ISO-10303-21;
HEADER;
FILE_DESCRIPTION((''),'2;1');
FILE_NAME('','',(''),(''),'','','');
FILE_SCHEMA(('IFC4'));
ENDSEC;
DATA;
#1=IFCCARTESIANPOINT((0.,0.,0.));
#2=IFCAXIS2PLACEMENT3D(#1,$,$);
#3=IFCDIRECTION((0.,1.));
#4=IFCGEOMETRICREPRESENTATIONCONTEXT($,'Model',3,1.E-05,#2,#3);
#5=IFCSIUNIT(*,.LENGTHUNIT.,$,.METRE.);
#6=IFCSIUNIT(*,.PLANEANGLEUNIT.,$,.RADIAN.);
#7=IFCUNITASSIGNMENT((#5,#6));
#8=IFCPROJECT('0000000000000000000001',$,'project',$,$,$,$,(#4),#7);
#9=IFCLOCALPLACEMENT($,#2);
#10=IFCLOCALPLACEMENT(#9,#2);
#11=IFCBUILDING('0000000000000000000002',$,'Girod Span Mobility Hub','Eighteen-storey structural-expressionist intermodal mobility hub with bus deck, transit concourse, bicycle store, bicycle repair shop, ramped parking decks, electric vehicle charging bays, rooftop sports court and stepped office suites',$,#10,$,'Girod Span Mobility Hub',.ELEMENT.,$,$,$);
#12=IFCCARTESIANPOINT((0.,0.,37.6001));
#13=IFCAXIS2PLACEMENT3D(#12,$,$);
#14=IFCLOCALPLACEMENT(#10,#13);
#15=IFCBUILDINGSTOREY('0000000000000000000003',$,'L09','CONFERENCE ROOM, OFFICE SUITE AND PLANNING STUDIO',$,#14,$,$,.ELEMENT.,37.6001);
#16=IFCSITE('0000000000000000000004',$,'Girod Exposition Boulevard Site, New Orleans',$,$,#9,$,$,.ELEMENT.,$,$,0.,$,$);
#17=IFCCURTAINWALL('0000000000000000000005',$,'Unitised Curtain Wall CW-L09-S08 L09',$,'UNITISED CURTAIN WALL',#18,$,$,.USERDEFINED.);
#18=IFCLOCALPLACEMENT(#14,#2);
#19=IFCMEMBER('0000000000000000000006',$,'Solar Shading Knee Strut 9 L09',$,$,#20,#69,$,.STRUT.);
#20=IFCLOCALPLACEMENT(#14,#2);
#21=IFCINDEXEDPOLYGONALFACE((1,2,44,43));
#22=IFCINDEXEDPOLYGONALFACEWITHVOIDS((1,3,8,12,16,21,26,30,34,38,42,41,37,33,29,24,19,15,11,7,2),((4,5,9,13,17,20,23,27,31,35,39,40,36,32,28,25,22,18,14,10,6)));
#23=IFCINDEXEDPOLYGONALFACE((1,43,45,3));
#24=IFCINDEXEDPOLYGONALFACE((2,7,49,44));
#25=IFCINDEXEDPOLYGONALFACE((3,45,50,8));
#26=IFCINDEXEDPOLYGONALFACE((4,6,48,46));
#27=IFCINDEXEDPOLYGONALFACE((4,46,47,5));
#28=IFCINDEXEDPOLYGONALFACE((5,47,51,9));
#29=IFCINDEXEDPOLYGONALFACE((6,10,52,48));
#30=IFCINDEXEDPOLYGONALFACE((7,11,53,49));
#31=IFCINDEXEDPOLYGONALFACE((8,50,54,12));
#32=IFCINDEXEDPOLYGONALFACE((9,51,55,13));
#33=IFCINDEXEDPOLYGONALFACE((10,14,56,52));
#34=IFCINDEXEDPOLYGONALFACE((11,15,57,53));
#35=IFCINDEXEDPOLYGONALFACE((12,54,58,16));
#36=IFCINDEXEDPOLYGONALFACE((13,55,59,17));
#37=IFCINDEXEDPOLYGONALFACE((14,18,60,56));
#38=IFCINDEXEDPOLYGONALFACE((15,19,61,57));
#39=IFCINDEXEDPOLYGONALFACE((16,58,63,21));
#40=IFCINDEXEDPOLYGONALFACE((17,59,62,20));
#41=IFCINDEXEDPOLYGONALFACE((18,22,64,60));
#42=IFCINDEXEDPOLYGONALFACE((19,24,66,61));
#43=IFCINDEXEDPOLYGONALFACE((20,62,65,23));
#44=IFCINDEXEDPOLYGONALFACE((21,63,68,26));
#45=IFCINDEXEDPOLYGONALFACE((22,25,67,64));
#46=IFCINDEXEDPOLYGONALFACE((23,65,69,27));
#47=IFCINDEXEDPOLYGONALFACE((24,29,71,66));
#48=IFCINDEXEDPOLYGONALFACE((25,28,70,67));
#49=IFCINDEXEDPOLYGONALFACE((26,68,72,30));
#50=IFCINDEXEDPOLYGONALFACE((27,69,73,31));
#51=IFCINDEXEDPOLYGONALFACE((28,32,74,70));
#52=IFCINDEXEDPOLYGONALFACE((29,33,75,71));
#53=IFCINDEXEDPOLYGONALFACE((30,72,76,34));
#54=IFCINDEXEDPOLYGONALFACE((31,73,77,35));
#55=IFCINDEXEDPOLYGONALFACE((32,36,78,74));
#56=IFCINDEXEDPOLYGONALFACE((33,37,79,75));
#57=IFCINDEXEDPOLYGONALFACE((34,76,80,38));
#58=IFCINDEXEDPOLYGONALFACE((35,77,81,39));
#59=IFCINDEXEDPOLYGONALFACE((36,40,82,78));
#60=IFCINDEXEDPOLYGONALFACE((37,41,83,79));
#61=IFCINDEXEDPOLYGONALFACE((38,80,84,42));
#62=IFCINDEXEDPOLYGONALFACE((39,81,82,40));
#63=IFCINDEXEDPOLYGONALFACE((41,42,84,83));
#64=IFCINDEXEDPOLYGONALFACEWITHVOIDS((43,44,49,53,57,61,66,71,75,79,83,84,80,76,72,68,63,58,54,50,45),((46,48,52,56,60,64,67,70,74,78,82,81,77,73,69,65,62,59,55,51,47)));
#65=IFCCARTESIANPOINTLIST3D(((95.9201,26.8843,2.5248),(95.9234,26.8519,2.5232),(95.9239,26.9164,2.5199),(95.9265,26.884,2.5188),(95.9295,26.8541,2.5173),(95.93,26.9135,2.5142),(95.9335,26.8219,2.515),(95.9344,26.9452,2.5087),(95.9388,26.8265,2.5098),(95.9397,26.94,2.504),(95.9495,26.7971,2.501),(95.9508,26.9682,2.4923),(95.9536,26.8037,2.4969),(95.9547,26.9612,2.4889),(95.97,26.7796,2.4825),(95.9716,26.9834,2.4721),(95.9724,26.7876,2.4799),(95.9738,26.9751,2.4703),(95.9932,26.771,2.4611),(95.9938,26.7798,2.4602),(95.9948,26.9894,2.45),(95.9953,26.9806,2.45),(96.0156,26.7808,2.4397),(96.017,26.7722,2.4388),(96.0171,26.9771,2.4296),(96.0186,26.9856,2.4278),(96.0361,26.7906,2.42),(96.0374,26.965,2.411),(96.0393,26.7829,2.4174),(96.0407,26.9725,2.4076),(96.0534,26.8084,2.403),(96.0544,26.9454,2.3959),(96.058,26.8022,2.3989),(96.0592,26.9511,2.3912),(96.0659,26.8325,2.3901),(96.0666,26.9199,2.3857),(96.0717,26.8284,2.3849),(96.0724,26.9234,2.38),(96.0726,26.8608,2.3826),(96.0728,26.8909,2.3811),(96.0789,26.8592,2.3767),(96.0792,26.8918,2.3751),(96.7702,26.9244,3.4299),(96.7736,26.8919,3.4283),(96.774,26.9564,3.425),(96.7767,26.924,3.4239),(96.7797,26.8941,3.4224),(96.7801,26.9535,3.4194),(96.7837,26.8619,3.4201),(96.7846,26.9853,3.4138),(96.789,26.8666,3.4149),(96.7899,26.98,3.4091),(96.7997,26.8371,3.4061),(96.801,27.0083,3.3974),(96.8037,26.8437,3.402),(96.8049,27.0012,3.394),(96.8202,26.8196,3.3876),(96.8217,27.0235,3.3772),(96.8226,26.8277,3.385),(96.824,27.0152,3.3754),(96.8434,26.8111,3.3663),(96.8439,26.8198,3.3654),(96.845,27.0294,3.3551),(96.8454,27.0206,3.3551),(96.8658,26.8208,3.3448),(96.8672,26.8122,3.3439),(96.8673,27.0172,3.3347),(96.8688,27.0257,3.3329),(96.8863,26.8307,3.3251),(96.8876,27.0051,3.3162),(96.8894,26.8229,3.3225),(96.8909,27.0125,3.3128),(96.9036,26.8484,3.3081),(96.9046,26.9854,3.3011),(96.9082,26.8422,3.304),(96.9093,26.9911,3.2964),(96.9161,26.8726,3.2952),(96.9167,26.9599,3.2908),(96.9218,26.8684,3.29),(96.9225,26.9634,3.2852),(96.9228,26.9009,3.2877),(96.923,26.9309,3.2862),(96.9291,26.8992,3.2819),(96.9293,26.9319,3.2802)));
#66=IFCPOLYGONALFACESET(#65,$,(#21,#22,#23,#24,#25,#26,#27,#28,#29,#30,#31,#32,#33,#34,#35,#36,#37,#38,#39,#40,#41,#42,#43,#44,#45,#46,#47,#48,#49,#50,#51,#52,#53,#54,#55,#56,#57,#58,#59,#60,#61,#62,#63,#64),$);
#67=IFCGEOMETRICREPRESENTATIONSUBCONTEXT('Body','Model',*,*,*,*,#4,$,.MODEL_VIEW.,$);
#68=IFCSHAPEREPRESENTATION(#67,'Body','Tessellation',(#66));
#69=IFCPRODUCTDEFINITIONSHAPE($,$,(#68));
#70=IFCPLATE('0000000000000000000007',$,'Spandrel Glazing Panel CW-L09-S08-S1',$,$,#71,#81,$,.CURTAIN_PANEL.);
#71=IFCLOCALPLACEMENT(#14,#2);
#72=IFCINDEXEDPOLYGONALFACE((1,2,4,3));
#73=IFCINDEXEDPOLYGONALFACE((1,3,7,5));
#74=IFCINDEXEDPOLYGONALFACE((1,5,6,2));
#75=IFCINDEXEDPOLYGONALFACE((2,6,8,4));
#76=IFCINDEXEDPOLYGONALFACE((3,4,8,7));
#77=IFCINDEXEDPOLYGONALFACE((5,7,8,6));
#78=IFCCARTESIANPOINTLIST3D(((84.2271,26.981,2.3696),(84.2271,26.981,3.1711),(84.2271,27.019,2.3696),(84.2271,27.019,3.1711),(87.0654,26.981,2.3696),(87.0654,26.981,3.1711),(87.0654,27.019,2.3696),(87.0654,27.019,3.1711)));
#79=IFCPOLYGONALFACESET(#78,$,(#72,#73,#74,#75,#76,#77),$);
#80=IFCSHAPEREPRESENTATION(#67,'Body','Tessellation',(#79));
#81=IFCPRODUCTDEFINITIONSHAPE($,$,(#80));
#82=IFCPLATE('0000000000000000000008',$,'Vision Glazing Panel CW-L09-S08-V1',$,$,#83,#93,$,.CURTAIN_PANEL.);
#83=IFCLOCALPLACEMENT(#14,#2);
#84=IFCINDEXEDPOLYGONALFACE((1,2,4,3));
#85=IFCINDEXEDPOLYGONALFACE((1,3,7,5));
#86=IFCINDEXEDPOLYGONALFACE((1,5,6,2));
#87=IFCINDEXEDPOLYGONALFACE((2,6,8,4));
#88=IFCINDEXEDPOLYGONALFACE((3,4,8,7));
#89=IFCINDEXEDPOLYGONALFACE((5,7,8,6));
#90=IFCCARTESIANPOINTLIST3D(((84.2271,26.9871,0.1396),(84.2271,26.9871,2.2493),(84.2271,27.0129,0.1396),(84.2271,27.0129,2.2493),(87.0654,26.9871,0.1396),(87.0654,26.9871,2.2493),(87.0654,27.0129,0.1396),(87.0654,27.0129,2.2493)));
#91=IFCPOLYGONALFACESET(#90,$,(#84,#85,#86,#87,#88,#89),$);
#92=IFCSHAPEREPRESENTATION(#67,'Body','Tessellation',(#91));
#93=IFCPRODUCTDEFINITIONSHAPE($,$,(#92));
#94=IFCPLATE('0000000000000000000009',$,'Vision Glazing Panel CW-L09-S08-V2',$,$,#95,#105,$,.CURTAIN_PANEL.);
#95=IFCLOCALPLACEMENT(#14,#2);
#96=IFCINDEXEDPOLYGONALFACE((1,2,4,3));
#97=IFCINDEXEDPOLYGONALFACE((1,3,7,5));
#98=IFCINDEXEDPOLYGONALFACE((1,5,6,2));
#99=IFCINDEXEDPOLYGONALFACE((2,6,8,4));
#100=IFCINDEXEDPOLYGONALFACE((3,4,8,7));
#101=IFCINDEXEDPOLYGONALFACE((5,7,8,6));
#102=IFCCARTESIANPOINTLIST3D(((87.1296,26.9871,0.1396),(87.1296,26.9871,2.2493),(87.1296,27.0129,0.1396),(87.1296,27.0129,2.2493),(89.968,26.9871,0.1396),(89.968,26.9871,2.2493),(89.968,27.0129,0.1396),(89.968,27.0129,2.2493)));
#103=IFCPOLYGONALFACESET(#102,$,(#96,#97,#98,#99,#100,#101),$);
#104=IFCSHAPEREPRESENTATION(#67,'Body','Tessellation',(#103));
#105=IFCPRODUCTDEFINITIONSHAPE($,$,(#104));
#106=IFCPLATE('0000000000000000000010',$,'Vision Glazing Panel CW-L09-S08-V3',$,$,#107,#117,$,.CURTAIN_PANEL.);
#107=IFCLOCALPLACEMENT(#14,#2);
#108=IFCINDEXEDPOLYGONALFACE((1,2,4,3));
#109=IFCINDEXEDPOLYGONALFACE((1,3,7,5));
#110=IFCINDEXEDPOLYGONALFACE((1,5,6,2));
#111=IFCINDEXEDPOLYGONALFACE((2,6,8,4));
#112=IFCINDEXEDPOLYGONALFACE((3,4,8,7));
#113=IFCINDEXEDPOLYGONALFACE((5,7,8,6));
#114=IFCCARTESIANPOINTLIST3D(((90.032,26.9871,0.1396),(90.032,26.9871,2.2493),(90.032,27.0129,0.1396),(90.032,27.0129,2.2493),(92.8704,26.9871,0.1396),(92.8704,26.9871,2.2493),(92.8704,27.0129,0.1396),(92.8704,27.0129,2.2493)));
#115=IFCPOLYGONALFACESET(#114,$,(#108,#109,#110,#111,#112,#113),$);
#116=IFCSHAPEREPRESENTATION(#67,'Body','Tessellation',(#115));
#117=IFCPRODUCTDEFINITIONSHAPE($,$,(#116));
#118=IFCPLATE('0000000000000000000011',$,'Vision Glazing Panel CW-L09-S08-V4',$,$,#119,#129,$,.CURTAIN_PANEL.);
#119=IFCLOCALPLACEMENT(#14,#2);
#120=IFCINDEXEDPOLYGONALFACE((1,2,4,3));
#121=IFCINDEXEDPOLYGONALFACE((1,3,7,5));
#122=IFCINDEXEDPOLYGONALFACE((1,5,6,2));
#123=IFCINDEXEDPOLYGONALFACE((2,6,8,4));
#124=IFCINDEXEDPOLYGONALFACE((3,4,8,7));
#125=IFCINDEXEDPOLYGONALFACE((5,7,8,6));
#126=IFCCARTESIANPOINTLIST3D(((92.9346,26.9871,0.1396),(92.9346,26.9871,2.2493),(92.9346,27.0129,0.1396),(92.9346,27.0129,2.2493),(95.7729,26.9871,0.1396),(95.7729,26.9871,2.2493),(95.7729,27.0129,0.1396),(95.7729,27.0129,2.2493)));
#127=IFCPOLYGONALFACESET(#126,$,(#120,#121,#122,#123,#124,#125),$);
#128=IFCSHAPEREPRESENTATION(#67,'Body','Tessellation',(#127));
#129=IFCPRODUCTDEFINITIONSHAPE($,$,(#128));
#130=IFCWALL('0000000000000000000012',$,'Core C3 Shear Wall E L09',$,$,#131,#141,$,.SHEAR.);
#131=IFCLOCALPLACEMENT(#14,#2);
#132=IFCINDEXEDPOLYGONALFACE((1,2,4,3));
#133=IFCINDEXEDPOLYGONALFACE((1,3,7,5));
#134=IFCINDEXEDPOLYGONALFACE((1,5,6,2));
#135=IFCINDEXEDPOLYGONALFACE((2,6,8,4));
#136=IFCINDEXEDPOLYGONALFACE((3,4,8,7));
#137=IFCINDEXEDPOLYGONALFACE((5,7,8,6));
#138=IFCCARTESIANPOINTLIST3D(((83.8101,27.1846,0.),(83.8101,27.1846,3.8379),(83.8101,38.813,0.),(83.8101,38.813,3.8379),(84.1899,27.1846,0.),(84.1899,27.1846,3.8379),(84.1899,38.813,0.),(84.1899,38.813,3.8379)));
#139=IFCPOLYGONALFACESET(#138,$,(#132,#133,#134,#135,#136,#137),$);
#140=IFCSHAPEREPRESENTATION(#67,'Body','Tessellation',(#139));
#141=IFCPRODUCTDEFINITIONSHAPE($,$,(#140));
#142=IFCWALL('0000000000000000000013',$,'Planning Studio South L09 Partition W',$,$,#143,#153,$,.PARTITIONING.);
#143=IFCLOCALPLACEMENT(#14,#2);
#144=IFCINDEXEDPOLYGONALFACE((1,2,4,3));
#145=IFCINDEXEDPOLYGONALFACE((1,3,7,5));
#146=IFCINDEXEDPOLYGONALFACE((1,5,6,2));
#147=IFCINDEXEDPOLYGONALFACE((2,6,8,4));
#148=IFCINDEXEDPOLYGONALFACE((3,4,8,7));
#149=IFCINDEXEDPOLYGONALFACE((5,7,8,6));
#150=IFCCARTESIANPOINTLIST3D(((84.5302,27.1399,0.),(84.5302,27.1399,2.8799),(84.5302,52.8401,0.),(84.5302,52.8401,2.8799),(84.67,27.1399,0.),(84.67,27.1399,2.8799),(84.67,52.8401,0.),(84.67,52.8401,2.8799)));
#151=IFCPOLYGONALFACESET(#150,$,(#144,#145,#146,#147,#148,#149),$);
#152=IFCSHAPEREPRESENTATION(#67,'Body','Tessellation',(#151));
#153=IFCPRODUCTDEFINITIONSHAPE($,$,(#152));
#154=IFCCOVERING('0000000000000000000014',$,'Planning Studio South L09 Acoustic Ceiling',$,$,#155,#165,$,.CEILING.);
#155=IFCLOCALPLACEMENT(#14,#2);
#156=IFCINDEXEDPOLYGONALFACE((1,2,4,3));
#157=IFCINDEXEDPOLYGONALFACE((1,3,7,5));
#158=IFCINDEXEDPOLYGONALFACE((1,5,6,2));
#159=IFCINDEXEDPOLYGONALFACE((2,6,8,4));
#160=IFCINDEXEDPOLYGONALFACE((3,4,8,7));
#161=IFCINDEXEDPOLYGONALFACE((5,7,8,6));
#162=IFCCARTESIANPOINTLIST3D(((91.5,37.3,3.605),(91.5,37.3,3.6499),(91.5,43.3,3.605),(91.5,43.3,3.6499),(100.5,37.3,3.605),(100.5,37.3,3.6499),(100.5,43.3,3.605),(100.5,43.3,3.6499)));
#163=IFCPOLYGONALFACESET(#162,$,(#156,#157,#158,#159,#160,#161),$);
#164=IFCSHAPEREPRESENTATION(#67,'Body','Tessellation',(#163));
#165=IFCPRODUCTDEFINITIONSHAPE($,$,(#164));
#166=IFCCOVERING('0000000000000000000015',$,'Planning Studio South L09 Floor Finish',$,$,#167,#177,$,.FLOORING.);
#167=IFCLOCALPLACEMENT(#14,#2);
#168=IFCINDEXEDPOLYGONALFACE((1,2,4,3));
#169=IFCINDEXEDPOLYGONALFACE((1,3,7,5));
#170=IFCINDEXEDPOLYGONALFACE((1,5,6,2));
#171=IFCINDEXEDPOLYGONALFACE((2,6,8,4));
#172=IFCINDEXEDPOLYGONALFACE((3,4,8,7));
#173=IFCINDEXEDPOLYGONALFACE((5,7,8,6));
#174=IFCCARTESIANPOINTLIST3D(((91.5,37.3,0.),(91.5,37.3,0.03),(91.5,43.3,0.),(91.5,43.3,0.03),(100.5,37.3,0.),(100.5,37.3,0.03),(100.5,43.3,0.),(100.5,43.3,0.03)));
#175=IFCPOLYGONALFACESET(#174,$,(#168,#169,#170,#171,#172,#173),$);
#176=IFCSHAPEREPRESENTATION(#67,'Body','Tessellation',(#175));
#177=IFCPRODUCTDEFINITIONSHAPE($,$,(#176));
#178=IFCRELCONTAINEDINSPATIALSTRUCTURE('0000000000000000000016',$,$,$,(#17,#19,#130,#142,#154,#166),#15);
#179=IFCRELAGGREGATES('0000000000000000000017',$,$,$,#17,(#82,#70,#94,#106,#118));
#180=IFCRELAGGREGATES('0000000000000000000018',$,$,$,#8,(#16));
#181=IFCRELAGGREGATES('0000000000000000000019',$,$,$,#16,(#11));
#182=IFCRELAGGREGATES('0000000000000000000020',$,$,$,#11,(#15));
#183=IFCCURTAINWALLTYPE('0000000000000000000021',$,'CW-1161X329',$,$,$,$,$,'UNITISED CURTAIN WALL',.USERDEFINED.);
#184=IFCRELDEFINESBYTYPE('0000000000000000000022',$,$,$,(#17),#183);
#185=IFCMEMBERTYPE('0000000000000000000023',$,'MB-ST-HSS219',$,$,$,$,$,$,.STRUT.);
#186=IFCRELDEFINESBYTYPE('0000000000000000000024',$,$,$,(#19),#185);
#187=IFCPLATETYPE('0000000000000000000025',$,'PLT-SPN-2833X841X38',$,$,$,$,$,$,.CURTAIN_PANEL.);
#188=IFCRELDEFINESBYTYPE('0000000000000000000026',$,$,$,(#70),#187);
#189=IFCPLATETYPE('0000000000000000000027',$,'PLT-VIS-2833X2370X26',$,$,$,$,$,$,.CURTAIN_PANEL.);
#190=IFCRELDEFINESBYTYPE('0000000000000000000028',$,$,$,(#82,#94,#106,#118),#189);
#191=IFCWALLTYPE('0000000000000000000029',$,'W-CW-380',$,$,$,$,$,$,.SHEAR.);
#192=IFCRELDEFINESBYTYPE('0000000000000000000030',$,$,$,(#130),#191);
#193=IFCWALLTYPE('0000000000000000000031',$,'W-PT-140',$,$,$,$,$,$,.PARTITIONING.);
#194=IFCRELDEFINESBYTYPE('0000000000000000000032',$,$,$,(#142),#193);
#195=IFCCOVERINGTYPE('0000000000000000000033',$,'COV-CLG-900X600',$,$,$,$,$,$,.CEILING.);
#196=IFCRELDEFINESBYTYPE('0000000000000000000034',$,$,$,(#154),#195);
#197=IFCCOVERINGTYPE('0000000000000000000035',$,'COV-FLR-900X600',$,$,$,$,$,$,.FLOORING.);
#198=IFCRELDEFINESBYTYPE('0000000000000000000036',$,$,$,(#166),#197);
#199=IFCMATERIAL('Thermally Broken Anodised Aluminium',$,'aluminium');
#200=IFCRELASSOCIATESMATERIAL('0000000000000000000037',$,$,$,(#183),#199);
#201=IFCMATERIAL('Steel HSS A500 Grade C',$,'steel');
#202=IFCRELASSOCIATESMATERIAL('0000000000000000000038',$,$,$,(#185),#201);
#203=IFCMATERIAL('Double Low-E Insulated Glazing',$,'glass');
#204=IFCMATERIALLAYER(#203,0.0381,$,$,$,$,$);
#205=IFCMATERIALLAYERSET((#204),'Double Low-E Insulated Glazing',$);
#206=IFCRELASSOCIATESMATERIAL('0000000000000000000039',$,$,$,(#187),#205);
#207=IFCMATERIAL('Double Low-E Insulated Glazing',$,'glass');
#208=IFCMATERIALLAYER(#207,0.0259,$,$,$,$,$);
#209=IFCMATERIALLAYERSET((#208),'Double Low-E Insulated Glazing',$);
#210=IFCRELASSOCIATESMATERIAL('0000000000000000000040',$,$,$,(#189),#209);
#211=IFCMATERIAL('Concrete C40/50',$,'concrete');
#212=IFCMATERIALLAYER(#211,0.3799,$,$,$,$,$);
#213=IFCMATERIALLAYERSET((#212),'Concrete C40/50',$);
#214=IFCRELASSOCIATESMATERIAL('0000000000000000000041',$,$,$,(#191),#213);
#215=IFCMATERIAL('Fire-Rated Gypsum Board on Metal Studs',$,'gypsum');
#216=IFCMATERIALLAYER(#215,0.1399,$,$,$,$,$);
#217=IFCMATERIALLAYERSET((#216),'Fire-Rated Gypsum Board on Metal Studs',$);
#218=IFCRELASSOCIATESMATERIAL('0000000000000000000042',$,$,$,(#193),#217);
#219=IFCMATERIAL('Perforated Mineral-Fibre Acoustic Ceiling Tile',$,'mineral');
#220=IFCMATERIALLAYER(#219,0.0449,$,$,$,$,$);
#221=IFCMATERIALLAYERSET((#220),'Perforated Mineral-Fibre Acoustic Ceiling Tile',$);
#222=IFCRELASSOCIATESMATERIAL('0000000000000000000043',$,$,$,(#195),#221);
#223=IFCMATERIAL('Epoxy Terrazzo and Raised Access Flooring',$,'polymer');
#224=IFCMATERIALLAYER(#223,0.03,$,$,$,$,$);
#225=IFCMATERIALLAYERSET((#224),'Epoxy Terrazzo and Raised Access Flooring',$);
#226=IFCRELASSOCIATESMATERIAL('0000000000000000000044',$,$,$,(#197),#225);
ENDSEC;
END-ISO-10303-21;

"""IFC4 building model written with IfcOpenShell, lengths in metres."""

from ifc_helpers import new_model, si_unit, direction, frame, frame_2d, origin, origin_2d, place, context, subcontext, project, spatial, rectangle, hollow_circle, extrude, material, layer, layer_set, material_profile, profile_set, type_object, element, aggregate, save


model = new_model("IFC4")

# Units and contexts
model_context = context("Model", 3, precision=1e-05, world=origin(), true_north=direction((0.0, 1.0)))
body_context = subcontext(model_context, "Body", "Model", "MODEL_VIEW")
ifc_project = project(units=[si_unit("LENGTHUNIT", "METRE"), si_unit("PLANEANGLEUNIT", "RADIAN")], contexts=[model_context])

# Site, building, storey
site_placement = place(None, origin())
site = spatial("IfcSite", under=ifc_project, at=site_placement, Name="Girod Exposition Boulevard Site, New Orleans", CompositionType="ELEMENT", RefElevation=0.0)
building_placement = place(site_placement, origin())
building = spatial("IfcBuilding", under=site, at=building_placement, Name="Girod Span Mobility Hub", Description="Eighteen-storey structural-expressionist intermodal mobility hub with bus deck, transit concourse, bicycle store, bicycle repair shop, ramped parking decks, electric vehicle charging bays, rooftop sports court and stepped office suites", LongName="Girod Span Mobility Hub", CompositionType="ELEMENT")
storey_placement = place(building_placement, frame((0.0, 0.0, 37.6001)))
storey = spatial("IfcBuildingStorey", under=building, at=storey_placement, Name="L09", Description="CONFERENCE ROOM, OFFICE SUITE AND PLANNING STUDIO", CompositionType="ELEMENT", Elevation=37.6001)

# Curtain wall
ifc_material_1 = material(Name="Thermally Broken Anodised Aluminium", Category="aluminium")
curtain_wall_type = type_object("IfcCurtainWallType", Name="CW-1161X329", ElementType="UNITISED CURTAIN WALL", PredefinedType="USERDEFINED", material=ifc_material_1)
curtain_wall_placement = place(storey_placement, origin())
curtain_wall = element("IfcCurtainWall", 1, at=curtain_wall_placement, inside=storey, type_object=curtain_wall_type, Name="Unitised Curtain Wall CW-L09-S08 L09", ObjectType="UNITISED CURTAIN WALL", PredefinedType="USERDEFINED")

# Member
ifc_material_2 = material(Name="Steel HSS A500 Grade C", Category="steel")
ifc_material_profile_1 = material_profile(ifc_material_2, hollow_circle(Radius=0.1096, WallThickness=0.0088, at=origin_2d()), Name="HSS219X9.5")
ifc_profile_set_1 = profile_set([ifc_material_profile_1], Name="Steel HSS A500 Grade C")
member_type_1 = type_object("IfcMemberType", Name="MB-ST-HSS219", PredefinedType="STRUT", material=ifc_profile_set_1)
for number, where, z_axis, x_axis, name in (
    (2, (96.0, 26.8799, 2.45), (0.684285, 0.032229, 0.728502), (-0.047047, 0.998893, 0.0), "Solar Shading Knee Strut 9 L09"),
):
    element("IfcMember", number, at=place(storey_placement, frame(where, z_axis=z_axis, x_axis=x_axis)), inside=storey, type_object=member_type_1, Name=name, PredefinedType="STRUT", context=body_context, shape_type="SweptSolid", body=[
        extrude(hollow_circle(Radius=0.1096, WallThickness=0.0088, at=origin_2d()), origin(), (0.0, 0.0, 1.0), 1.2424),
    ])

# Plates
ifc_material_3 = material(Name="Double Low-E Insulated Glazing", Category="glass")
ifc_layer_1 = layer(ifc_material_3, 0.0381)
ifc_layer_set_1 = layer_set([ifc_layer_1], Name="Double Low-E Insulated Glazing")
plate_type_1 = type_object("IfcPlateType", Name="PLT-SPN-2833X841X38", PredefinedType="CURTAIN_PANEL", material=ifc_layer_set_1)
plate_1_placement = place(storey_placement, frame((85.6462, 27.0, 2.3696), z_axis=(0.0, 0.0, 1.0), x_axis=(1.0, 0.0, 0.0)))
plate_1 = element("IfcPlate", 3, at=plate_1_placement, type_object=plate_type_1, Name="Spandrel Glazing Panel CW-L09-S08-S1", PredefinedType="CURTAIN_PANEL", context=body_context, shape_type="SweptSolid", body=[
    extrude(rectangle(XDim=2.8384, YDim=0.0381, at=origin_2d()), origin(), (0.0, 0.0, 1.0), 0.8015),
])
ifc_material_4 = material(Name="Double Low-E Insulated Glazing", Category="glass")
ifc_layer_2 = layer(ifc_material_4, 0.0259)
ifc_layer_set_2 = layer_set([ifc_layer_2], Name="Double Low-E Insulated Glazing")
plate_type_2 = type_object("IfcPlateType", Name="PLT-VIS-2833X2370X26", PredefinedType="CURTAIN_PANEL", material=ifc_layer_set_2)
plate_2_placement = place(storey_placement, frame((85.6462, 27.0, 0.1396), z_axis=(0.0, 0.0, 1.0), x_axis=(1.0, 0.0, 0.0)))
plate_2 = element("IfcPlate", 4, at=plate_2_placement, type_object=plate_type_2, Name="Vision Glazing Panel CW-L09-S08-V1", PredefinedType="CURTAIN_PANEL", context=body_context, shape_type="SweptSolid", body=[
    extrude(rectangle(XDim=2.8384, YDim=0.0259, at=origin_2d()), origin(), (0.0, 0.0, 1.0), 2.1096),
])
plate_3_placement = place(storey_placement, frame((88.5488, 27.0, 0.1396), z_axis=(0.0, 0.0, 1.0), x_axis=(1.0, 0.0, 0.0)))
plate_3 = element("IfcPlate", 5, at=plate_3_placement, type_object=plate_type_2, Name="Vision Glazing Panel CW-L09-S08-V2", PredefinedType="CURTAIN_PANEL", context=body_context, shape_type="SweptSolid", body=[
    extrude(rectangle(XDim=2.8384, YDim=0.0259, at=origin_2d()), origin(), (0.0, 0.0, 1.0), 2.1096),
])
plate_4_placement = place(storey_placement, frame((91.4512, 27.0, 0.1396), z_axis=(0.0, 0.0, 1.0), x_axis=(1.0, 0.0, 0.0)))
plate_4 = element("IfcPlate", 6, at=plate_4_placement, type_object=plate_type_2, Name="Vision Glazing Panel CW-L09-S08-V3", PredefinedType="CURTAIN_PANEL", context=body_context, shape_type="SweptSolid", body=[
    extrude(rectangle(XDim=2.8384, YDim=0.0259, at=origin_2d()), origin(), (0.0, 0.0, 1.0), 2.1096),
])
plate_5_placement = place(storey_placement, frame((94.3538, 27.0, 0.1396), z_axis=(0.0, 0.0, 1.0), x_axis=(1.0, 0.0, 0.0)))
plate_5 = element("IfcPlate", 7, at=plate_5_placement, type_object=plate_type_2, Name="Vision Glazing Panel CW-L09-S08-V4", PredefinedType="CURTAIN_PANEL", context=body_context, shape_type="SweptSolid", body=[
    extrude(rectangle(XDim=2.8384, YDim=0.0259, at=origin_2d()), origin(), (0.0, 0.0, 1.0), 2.1096),
])
aggregate(curtain_wall, [plate_2, plate_1, plate_3, plate_4, plate_5])

# Walls
ifc_material_5 = material(Name="Concrete C40/50", Category="concrete")
ifc_layer_3 = layer(ifc_material_5, 0.3799)
ifc_layer_set_3 = layer_set([ifc_layer_3], Name="Concrete C40/50")
wall_type_1 = type_object("IfcWallType", Name="W-CW-380", PredefinedType="SHEAR", material=ifc_layer_set_3)
wall_1_placement = place(storey_placement, frame((84.0, 27.1846, 0.0), z_axis=(0.0, 0.0, 1.0), x_axis=(0.0, 1.0, 0.0)))
element("IfcWall", 8, at=wall_1_placement, inside=storey, type_object=wall_type_1, Name="Core C3 Shear Wall E L09", PredefinedType="SHEAR", context=body_context, shape_type="SweptSolid", body=[
    extrude(rectangle(XDim=11.6284, YDim=0.3799, at=frame_2d((5.8142, 0.0))), origin(), (0.0, 0.0, 1.0), 3.8379),
])
ifc_material_6 = material(Name="Fire-Rated Gypsum Board on Metal Studs", Category="gypsum")
ifc_layer_4 = layer(ifc_material_6, 0.1399)
ifc_layer_set_4 = layer_set([ifc_layer_4], Name="Fire-Rated Gypsum Board on Metal Studs")
wall_type_2 = type_object("IfcWallType", Name="W-PT-140", PredefinedType="PARTITIONING", material=ifc_layer_set_4)
wall_2_placement = place(storey_placement, frame((84.6001, 27.1399, 0.0), z_axis=(0.0, 0.0, 1.0), x_axis=(0.0, 1.0, 0.0)))
element("IfcWall", 9, at=wall_2_placement, inside=storey, type_object=wall_type_2, Name="Planning Studio South L09 Partition W", PredefinedType="PARTITIONING", context=body_context, shape_type="SweptSolid", body=[
    extrude(rectangle(XDim=25.7002, YDim=0.1399, at=frame_2d((12.8501, 0.0))), origin(), (0.0, 0.0, 1.0), 2.8799),
])

# Coverings
ifc_material_7 = material(Name="Perforated Mineral-Fibre Acoustic Ceiling Tile", Category="mineral")
ifc_layer_5 = layer(ifc_material_7, 0.0449)
ifc_layer_set_5 = layer_set([ifc_layer_5], Name="Perforated Mineral-Fibre Acoustic Ceiling Tile")
covering_type_1 = type_object("IfcCoveringType", Name="COV-CLG-900X600", PredefinedType="CEILING", material=ifc_layer_set_5)
covering_1_placement = place(storey_placement, frame((96.0, 40.3, 3.605), z_axis=(0.0, 0.0, 1.0), x_axis=(1.0, 0.0, 0.0)))
element("IfcCovering", 10, at=covering_1_placement, inside=storey, type_object=covering_type_1, Name="Planning Studio South L09 Acoustic Ceiling", PredefinedType="CEILING", context=body_context, shape_type="SweptSolid", body=[
    extrude(rectangle(XDim=9.0, YDim=6.0, at=origin_2d()), origin(), (0.0, 0.0, 1.0), 0.0449),
])
ifc_material_8 = material(Name="Epoxy Terrazzo and Raised Access Flooring", Category="polymer")
ifc_layer_6 = layer(ifc_material_8, 0.03)
ifc_layer_set_6 = layer_set([ifc_layer_6], Name="Epoxy Terrazzo and Raised Access Flooring")
covering_type_2 = type_object("IfcCoveringType", Name="COV-FLR-900X600", PredefinedType="FLOORING", material=ifc_layer_set_6)
covering_2_placement = place(storey_placement, frame((96.0, 40.3, 0.0), z_axis=(0.0, 0.0, 1.0), x_axis=(1.0, 0.0, 0.0)))
element("IfcCovering", 11, at=covering_2_placement, inside=storey, type_object=covering_type_2, Name="Planning Studio South L09 Floor Finish", PredefinedType="FLOORING", context=body_context, shape_type="SweptSolid", body=[
    extrude(rectangle(XDim=9.0, YDim=6.0, at=origin_2d()), origin(), (0.0, 0.0, 1.0), 0.03),
])

save(model, "model.ifc")
